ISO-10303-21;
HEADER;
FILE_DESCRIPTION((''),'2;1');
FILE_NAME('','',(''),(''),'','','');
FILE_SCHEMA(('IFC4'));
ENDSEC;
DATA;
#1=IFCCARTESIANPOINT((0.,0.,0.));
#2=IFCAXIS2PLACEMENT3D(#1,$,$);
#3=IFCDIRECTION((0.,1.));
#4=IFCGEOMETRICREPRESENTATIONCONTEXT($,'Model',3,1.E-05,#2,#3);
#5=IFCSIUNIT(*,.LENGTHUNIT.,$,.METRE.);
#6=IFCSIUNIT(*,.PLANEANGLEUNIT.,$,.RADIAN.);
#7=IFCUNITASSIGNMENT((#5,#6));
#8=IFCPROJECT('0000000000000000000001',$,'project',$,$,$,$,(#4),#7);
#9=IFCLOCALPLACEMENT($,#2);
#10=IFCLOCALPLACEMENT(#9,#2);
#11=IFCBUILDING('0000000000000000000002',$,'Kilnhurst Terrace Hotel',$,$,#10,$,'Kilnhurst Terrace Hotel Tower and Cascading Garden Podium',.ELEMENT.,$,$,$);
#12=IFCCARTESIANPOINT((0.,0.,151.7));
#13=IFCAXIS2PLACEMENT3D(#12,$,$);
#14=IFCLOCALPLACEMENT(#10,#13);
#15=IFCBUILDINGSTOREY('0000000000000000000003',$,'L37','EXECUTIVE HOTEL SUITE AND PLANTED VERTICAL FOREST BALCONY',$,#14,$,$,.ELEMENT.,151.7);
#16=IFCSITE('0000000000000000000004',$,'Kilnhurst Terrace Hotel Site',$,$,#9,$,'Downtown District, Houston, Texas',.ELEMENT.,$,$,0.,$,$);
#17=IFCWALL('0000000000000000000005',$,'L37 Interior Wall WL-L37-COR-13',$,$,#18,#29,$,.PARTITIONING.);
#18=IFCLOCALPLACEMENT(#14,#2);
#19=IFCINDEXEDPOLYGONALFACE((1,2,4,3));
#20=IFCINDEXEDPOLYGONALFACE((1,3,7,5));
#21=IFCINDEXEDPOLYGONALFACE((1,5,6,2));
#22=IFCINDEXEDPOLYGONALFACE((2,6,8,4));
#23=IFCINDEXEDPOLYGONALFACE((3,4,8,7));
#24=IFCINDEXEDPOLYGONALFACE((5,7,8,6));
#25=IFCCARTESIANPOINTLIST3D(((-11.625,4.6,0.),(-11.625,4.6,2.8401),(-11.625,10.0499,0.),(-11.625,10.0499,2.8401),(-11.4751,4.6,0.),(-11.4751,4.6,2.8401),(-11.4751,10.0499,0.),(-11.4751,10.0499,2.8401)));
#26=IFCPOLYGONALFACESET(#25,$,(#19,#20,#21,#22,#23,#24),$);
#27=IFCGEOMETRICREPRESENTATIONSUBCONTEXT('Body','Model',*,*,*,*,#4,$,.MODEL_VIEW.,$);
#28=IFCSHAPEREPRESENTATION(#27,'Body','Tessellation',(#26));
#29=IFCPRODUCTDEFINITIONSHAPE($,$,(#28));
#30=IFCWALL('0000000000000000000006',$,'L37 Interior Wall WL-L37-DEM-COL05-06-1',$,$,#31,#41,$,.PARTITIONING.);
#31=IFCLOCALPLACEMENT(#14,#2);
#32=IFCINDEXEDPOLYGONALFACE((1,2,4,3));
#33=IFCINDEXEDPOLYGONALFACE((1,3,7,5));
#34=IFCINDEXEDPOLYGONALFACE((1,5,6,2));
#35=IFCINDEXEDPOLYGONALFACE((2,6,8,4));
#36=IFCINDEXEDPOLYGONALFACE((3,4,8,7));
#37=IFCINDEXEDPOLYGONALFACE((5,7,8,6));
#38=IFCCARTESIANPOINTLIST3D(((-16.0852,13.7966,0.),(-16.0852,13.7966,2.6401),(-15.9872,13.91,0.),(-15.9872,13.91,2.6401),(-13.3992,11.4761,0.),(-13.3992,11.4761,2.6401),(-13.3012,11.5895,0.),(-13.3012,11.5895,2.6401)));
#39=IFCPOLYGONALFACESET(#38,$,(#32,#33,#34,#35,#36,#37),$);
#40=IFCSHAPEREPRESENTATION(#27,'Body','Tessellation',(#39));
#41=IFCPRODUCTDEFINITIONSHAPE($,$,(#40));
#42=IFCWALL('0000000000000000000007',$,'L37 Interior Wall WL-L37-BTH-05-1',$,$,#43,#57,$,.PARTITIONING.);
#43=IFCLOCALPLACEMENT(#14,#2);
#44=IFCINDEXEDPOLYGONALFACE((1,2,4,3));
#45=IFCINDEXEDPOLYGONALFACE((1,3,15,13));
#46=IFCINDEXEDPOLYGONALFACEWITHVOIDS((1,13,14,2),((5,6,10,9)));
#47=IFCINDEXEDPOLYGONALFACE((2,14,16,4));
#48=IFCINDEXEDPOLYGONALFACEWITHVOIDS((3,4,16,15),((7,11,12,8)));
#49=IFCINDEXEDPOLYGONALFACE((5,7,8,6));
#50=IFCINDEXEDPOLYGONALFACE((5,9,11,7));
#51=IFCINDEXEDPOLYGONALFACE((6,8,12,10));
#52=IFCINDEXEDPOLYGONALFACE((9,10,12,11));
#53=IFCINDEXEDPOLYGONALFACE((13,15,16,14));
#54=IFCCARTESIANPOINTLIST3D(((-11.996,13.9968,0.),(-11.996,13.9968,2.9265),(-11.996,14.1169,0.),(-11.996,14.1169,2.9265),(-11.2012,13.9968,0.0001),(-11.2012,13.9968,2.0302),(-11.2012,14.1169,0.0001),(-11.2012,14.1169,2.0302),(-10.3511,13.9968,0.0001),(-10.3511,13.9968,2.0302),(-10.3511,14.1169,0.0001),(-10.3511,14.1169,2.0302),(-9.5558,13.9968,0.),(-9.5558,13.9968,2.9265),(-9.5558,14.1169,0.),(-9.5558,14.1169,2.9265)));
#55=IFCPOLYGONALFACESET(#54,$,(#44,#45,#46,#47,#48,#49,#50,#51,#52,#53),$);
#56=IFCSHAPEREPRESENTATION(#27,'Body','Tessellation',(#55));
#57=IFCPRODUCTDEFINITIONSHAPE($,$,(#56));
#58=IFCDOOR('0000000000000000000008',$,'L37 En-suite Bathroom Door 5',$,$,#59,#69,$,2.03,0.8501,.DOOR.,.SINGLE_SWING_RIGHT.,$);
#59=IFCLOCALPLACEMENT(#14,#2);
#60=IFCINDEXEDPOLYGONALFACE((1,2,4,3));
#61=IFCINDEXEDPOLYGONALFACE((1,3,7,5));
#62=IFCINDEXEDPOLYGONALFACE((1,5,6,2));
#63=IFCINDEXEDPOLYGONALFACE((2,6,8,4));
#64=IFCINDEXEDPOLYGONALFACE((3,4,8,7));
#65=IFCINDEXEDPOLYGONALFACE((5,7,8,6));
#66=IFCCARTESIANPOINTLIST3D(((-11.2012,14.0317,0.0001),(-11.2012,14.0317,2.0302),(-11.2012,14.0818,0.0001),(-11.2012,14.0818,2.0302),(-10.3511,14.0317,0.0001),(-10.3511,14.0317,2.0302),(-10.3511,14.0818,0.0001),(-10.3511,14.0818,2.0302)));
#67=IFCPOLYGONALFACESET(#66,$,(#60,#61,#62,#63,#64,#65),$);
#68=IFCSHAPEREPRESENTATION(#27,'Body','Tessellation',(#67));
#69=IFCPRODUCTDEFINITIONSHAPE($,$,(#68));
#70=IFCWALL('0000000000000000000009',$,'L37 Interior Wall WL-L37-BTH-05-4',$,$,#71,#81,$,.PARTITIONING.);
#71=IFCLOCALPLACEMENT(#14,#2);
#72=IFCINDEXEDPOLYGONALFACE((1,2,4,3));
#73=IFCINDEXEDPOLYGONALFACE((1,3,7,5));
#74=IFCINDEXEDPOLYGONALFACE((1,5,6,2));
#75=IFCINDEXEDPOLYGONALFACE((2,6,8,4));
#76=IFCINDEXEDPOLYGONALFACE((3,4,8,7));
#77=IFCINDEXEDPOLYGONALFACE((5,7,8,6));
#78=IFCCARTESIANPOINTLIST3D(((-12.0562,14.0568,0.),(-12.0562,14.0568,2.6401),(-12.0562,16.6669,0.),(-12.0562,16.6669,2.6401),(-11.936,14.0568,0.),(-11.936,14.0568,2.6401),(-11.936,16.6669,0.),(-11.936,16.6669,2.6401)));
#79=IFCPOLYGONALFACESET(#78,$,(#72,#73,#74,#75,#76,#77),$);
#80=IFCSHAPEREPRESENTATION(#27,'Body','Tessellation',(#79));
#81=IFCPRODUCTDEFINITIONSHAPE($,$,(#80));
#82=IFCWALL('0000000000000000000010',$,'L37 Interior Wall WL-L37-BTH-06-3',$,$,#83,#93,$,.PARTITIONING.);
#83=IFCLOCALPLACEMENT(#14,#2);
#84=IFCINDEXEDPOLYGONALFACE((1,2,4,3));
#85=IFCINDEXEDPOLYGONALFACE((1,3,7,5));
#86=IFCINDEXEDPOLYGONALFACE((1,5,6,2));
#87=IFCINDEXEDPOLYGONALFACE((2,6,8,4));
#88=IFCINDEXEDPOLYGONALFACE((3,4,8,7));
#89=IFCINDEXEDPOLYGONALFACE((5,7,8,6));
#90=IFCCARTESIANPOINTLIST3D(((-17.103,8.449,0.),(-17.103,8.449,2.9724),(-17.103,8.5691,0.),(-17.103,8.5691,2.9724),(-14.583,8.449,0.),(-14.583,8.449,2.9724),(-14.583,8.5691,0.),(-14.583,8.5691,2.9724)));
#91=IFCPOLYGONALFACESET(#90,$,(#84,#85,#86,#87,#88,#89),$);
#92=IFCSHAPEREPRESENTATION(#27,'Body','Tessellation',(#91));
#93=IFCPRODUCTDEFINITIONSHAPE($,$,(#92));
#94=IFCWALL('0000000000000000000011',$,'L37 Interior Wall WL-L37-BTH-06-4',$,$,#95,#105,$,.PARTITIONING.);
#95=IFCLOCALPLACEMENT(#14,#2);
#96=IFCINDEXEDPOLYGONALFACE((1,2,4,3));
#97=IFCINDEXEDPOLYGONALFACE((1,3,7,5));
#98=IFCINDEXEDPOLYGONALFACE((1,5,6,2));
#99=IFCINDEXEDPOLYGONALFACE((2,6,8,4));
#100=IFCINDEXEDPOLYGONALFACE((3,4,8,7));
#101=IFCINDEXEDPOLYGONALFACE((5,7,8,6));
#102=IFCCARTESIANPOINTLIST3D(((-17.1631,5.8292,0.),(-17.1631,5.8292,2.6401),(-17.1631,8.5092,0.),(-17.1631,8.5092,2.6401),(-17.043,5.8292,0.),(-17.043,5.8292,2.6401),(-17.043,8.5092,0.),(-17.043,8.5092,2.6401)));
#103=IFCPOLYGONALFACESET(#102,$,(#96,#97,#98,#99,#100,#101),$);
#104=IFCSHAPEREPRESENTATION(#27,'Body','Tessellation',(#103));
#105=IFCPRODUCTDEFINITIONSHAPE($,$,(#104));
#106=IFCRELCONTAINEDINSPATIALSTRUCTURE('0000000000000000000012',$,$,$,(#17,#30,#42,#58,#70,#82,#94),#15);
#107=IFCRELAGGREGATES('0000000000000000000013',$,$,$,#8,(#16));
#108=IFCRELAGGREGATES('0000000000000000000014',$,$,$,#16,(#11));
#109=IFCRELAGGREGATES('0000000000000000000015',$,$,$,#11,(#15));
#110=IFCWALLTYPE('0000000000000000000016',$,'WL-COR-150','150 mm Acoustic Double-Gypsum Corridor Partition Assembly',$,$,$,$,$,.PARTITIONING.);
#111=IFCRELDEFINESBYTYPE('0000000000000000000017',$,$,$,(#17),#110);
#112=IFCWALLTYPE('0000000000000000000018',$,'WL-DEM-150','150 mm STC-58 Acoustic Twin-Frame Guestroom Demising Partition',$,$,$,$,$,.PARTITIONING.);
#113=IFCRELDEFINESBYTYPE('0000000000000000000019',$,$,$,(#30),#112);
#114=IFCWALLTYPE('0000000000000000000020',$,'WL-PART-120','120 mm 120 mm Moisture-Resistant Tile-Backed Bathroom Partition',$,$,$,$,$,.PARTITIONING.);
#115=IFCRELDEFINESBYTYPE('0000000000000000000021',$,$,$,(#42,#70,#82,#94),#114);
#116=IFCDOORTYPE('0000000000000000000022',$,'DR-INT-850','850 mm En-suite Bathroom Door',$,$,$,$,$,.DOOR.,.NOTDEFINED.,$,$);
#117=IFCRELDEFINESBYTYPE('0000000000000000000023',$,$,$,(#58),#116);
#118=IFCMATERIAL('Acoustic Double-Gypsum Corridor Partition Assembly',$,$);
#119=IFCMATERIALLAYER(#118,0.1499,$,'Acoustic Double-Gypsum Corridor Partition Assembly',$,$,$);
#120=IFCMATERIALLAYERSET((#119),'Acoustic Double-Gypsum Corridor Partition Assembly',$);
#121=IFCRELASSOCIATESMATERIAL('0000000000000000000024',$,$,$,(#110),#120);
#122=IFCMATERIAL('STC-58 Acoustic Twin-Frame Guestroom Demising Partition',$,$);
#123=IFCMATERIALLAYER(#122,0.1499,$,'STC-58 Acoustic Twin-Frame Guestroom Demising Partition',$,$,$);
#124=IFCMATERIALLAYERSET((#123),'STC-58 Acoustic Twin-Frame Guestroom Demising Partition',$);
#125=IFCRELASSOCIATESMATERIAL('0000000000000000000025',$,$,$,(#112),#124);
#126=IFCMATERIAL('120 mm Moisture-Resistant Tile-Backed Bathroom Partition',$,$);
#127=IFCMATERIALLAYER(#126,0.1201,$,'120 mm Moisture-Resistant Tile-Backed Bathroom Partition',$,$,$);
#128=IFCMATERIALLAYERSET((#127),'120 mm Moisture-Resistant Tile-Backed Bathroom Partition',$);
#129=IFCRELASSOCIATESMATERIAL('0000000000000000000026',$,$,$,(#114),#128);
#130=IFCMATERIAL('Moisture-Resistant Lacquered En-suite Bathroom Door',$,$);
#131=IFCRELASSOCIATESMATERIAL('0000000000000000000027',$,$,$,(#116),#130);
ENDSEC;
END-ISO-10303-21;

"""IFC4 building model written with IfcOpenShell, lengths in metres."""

from ifc_helpers import new_model, si_unit, direction, frame, frame_2d, origin, place, context, subcontext, project, spatial, rectangle, extrude, material, layer, layer_set, type_object, element, fill, save


model = new_model("IFC4")

# Units and contexts
model_context = context("Model", 3, precision=1e-05, world=origin(), true_north=direction((0.0, 1.0)))
body_context = subcontext(model_context, "Body", "Model", "MODEL_VIEW")
ifc_project = project(units=[si_unit("LENGTHUNIT", "METRE"), si_unit("PLANEANGLEUNIT", "RADIAN")], contexts=[model_context])

# Site, building, storey
site_placement = place(None, origin())
site = spatial("IfcSite", under=ifc_project, at=site_placement, Name="Kilnhurst Terrace Hotel Site", LongName="Downtown District, Houston, Texas", CompositionType="ELEMENT", RefElevation=0.0)
building_placement = place(site_placement, origin())
building = spatial("IfcBuilding", under=site, at=building_placement, Name="Kilnhurst Terrace Hotel", LongName="Kilnhurst Terrace Hotel Tower and Cascading Garden Podium", CompositionType="ELEMENT")
storey_placement = place(building_placement, frame((0.0, 0.0, 151.7)))
storey = spatial("IfcBuildingStorey", under=building, at=storey_placement, Name="L37", Description="EXECUTIVE HOTEL SUITE AND PLANTED VERTICAL FOREST BALCONY", CompositionType="ELEMENT", Elevation=151.7)

# Shared definitions
ifc_material_1 = material(Name="Acoustic Double-Gypsum Corridor Partition Assembly")
ifc_layer_1 = layer(ifc_material_1, 0.1499, Name="Acoustic Double-Gypsum Corridor Partition Assembly")
ifc_layer_set_1 = layer_set([ifc_layer_1], Name="Acoustic Double-Gypsum Corridor Partition Assembly")
wall_type_1 = type_object("IfcWallType", Name="WL-COR-150", Description="150 mm Acoustic Double-Gypsum Corridor Partition Assembly", PredefinedType="PARTITIONING", material=ifc_layer_set_1)

# Walls
wall_1_placement = place(storey_placement, frame((-11.55, 10.05, 0.0), z_axis=(0.0, 0.0, 1.0), x_axis=(0.0, -1.0, 0.0)))
element("IfcWall", 1, at=wall_1_placement, inside=storey, type_object=wall_type_1, Name="L37 Interior Wall WL-L37-COR-13", PredefinedType="PARTITIONING", context=body_context, shape_type="SweptSolid", body=[
    extrude(rectangle(XDim=5.45, YDim=0.1499, at=frame_2d((2.7251, 0.0))), origin(), (0.0, 0.0, 1.0), 2.8401),
])
ifc_material_2 = material(Name="STC-58 Acoustic Twin-Frame Guestroom Demising Partition")
ifc_layer_2 = layer(ifc_material_2, 0.1499, Name="STC-58 Acoustic Twin-Frame Guestroom Demising Partition")
ifc_layer_set_2 = layer_set([ifc_layer_2], Name="STC-58 Acoustic Twin-Frame Guestroom Demising Partition")
wall_type_2 = type_object("IfcWallType", Name="WL-DEM-150", Description="150 mm STC-58 Acoustic Twin-Frame Guestroom Demising Partition", PredefinedType="PARTITIONING", material=ifc_layer_set_2)
wall_2_placement = place(storey_placement, frame((-13.3501, 11.5327, 0.0), z_axis=(0.0, 0.0, 1.0), x_axis=(-0.756712, 0.653749, 0.0)))
element("IfcWall", 2, at=wall_2_placement, inside=storey, type_object=wall_type_2, Name="L37 Interior Wall WL-L37-DEM-COL05-06-1", PredefinedType="PARTITIONING", context=body_context, shape_type="SweptSolid", body=[
    extrude(rectangle(XDim=3.5496, YDim=0.1499, at=frame_2d((1.7749, 0.0))), origin(), (0.0, 0.0, 1.0), 2.6401),
])

# Wall, opening, door
ifc_material_3 = material(Name="120 mm Moisture-Resistant Tile-Backed Bathroom Partition")
ifc_layer_3 = layer(ifc_material_3, 0.1201, Name="120 mm Moisture-Resistant Tile-Backed Bathroom Partition")
ifc_layer_set_3 = layer_set([ifc_layer_3], Name="120 mm Moisture-Resistant Tile-Backed Bathroom Partition")
wall_type_3 = type_object("IfcWallType", Name="WL-PART-120", Description="120 mm 120 mm Moisture-Resistant Tile-Backed Bathroom Partition", PredefinedType="PARTITIONING", material=ifc_layer_set_3)
wall_3_placement = place(storey_placement, frame((-11.9961, 14.0569, 0.0), z_axis=(0.0, 0.0, 1.0), x_axis=(1.0, 0.0, 0.0)))
wall_3 = element("IfcWall", 3, at=wall_3_placement, inside=storey, type_object=wall_type_3, Name="L37 Interior Wall WL-L37-BTH-05-1", PredefinedType="PARTITIONING", context=body_context, shape_type="SweptSolid", body=[
    extrude(rectangle(XDim=2.4402, YDim=0.1201, at=frame_2d((1.2202, 0.0))), origin(), (0.0, 0.0, 1.0), 2.9265),
])
opening_1_placement = place(wall_3_placement, frame((0.7949, 0.0, 0.0)))
opening_1 = element("IfcOpeningElement", 4, at=opening_1_placement, cuts=wall_3, PredefinedType="OPENING", context=body_context, shape_type="SweptSolid", body=[
    extrude(rectangle(XDim=0.8501, YDim=2.03, at=frame_2d((0.425, 1.0151))), frame((0.0, 0.0701, 0.0), z_axis=(0.0, -1.0, 0.0), x_axis=(1.0, 0.0, 0.0)), (0.0, 0.0, 1.0), 0.1401),
])
ifc_material_4 = material(Name="Moisture-Resistant Lacquered En-suite Bathroom Door")
door_type_1 = type_object("IfcDoorType", Name="DR-INT-850", Description="850 mm En-suite Bathroom Door", OperationType="NOTDEFINED", PredefinedType="DOOR", material=ifc_material_4)
door_1_placement = place(opening_1_placement, origin())
door_1 = element("IfcDoor", 5, at=door_1_placement, inside=storey, type_object=door_type_1, Name="L37 En-suite Bathroom Door 5", OperationType="SINGLE_SWING_RIGHT", OverallHeight=2.03, OverallWidth=0.8501, PredefinedType="DOOR", context=body_context, shape_type="SweptSolid", body=[
    extrude(rectangle(XDim=0.8501, YDim=2.03, at=frame_2d((0.425, 1.0151))), frame((0.0, 0.0249, 0.0), z_axis=(0.0, -1.0, 0.0), x_axis=(1.0, 0.0, 0.0)), (0.0, 0.0, 1.0), 0.05),
])
fill(opening_1, door_1)

# Walls
wall_4_placement = place(storey_placement, frame((-11.9961, 16.667, 0.0), z_axis=(0.0, 0.0, 1.0), x_axis=(0.0, -1.0, 0.0)))
element("IfcWall", 6, at=wall_4_placement, inside=storey, type_object=wall_type_3, Name="L37 Interior Wall WL-L37-BTH-05-4", PredefinedType="PARTITIONING", context=body_context, shape_type="SweptSolid", body=[
    extrude(rectangle(XDim=2.6101, YDim=0.1201, at=frame_2d((1.3052, 0.0))), origin(), (0.0, 0.0, 1.0), 2.6401),
])
wall_5_placement = place(storey_placement, frame((-14.583, 8.509, 0.0), z_axis=(0.0, 0.0, 1.0), x_axis=(-1.0, 0.0, 0.0)))
element("IfcWall", 7, at=wall_5_placement, inside=storey, type_object=wall_type_3, Name="L37 Interior Wall WL-L37-BTH-06-3", PredefinedType="PARTITIONING", context=body_context, shape_type="SweptSolid", body=[
    extrude(rectangle(XDim=2.52, YDim=0.1201, at=frame_2d((1.26, 0.0))), origin(), (0.0, 0.0, 1.0), 2.9724),
])
wall_6_placement = place(storey_placement, frame((-17.103, 8.509, 0.0), z_axis=(0.0, 0.0, 1.0), x_axis=(0.0, -1.0, 0.0)))
element("IfcWall", 8, at=wall_6_placement, inside=storey, type_object=wall_type_3, Name="L37 Interior Wall WL-L37-BTH-06-4", PredefinedType="PARTITIONING", context=body_context, shape_type="SweptSolid", body=[
    extrude(rectangle(XDim=2.6799, YDim=0.1201, at=frame_2d((1.3398, 0.0))), origin(), (0.0, 0.0, 1.0), 2.6401),
])

save(model, "model.ifc")
